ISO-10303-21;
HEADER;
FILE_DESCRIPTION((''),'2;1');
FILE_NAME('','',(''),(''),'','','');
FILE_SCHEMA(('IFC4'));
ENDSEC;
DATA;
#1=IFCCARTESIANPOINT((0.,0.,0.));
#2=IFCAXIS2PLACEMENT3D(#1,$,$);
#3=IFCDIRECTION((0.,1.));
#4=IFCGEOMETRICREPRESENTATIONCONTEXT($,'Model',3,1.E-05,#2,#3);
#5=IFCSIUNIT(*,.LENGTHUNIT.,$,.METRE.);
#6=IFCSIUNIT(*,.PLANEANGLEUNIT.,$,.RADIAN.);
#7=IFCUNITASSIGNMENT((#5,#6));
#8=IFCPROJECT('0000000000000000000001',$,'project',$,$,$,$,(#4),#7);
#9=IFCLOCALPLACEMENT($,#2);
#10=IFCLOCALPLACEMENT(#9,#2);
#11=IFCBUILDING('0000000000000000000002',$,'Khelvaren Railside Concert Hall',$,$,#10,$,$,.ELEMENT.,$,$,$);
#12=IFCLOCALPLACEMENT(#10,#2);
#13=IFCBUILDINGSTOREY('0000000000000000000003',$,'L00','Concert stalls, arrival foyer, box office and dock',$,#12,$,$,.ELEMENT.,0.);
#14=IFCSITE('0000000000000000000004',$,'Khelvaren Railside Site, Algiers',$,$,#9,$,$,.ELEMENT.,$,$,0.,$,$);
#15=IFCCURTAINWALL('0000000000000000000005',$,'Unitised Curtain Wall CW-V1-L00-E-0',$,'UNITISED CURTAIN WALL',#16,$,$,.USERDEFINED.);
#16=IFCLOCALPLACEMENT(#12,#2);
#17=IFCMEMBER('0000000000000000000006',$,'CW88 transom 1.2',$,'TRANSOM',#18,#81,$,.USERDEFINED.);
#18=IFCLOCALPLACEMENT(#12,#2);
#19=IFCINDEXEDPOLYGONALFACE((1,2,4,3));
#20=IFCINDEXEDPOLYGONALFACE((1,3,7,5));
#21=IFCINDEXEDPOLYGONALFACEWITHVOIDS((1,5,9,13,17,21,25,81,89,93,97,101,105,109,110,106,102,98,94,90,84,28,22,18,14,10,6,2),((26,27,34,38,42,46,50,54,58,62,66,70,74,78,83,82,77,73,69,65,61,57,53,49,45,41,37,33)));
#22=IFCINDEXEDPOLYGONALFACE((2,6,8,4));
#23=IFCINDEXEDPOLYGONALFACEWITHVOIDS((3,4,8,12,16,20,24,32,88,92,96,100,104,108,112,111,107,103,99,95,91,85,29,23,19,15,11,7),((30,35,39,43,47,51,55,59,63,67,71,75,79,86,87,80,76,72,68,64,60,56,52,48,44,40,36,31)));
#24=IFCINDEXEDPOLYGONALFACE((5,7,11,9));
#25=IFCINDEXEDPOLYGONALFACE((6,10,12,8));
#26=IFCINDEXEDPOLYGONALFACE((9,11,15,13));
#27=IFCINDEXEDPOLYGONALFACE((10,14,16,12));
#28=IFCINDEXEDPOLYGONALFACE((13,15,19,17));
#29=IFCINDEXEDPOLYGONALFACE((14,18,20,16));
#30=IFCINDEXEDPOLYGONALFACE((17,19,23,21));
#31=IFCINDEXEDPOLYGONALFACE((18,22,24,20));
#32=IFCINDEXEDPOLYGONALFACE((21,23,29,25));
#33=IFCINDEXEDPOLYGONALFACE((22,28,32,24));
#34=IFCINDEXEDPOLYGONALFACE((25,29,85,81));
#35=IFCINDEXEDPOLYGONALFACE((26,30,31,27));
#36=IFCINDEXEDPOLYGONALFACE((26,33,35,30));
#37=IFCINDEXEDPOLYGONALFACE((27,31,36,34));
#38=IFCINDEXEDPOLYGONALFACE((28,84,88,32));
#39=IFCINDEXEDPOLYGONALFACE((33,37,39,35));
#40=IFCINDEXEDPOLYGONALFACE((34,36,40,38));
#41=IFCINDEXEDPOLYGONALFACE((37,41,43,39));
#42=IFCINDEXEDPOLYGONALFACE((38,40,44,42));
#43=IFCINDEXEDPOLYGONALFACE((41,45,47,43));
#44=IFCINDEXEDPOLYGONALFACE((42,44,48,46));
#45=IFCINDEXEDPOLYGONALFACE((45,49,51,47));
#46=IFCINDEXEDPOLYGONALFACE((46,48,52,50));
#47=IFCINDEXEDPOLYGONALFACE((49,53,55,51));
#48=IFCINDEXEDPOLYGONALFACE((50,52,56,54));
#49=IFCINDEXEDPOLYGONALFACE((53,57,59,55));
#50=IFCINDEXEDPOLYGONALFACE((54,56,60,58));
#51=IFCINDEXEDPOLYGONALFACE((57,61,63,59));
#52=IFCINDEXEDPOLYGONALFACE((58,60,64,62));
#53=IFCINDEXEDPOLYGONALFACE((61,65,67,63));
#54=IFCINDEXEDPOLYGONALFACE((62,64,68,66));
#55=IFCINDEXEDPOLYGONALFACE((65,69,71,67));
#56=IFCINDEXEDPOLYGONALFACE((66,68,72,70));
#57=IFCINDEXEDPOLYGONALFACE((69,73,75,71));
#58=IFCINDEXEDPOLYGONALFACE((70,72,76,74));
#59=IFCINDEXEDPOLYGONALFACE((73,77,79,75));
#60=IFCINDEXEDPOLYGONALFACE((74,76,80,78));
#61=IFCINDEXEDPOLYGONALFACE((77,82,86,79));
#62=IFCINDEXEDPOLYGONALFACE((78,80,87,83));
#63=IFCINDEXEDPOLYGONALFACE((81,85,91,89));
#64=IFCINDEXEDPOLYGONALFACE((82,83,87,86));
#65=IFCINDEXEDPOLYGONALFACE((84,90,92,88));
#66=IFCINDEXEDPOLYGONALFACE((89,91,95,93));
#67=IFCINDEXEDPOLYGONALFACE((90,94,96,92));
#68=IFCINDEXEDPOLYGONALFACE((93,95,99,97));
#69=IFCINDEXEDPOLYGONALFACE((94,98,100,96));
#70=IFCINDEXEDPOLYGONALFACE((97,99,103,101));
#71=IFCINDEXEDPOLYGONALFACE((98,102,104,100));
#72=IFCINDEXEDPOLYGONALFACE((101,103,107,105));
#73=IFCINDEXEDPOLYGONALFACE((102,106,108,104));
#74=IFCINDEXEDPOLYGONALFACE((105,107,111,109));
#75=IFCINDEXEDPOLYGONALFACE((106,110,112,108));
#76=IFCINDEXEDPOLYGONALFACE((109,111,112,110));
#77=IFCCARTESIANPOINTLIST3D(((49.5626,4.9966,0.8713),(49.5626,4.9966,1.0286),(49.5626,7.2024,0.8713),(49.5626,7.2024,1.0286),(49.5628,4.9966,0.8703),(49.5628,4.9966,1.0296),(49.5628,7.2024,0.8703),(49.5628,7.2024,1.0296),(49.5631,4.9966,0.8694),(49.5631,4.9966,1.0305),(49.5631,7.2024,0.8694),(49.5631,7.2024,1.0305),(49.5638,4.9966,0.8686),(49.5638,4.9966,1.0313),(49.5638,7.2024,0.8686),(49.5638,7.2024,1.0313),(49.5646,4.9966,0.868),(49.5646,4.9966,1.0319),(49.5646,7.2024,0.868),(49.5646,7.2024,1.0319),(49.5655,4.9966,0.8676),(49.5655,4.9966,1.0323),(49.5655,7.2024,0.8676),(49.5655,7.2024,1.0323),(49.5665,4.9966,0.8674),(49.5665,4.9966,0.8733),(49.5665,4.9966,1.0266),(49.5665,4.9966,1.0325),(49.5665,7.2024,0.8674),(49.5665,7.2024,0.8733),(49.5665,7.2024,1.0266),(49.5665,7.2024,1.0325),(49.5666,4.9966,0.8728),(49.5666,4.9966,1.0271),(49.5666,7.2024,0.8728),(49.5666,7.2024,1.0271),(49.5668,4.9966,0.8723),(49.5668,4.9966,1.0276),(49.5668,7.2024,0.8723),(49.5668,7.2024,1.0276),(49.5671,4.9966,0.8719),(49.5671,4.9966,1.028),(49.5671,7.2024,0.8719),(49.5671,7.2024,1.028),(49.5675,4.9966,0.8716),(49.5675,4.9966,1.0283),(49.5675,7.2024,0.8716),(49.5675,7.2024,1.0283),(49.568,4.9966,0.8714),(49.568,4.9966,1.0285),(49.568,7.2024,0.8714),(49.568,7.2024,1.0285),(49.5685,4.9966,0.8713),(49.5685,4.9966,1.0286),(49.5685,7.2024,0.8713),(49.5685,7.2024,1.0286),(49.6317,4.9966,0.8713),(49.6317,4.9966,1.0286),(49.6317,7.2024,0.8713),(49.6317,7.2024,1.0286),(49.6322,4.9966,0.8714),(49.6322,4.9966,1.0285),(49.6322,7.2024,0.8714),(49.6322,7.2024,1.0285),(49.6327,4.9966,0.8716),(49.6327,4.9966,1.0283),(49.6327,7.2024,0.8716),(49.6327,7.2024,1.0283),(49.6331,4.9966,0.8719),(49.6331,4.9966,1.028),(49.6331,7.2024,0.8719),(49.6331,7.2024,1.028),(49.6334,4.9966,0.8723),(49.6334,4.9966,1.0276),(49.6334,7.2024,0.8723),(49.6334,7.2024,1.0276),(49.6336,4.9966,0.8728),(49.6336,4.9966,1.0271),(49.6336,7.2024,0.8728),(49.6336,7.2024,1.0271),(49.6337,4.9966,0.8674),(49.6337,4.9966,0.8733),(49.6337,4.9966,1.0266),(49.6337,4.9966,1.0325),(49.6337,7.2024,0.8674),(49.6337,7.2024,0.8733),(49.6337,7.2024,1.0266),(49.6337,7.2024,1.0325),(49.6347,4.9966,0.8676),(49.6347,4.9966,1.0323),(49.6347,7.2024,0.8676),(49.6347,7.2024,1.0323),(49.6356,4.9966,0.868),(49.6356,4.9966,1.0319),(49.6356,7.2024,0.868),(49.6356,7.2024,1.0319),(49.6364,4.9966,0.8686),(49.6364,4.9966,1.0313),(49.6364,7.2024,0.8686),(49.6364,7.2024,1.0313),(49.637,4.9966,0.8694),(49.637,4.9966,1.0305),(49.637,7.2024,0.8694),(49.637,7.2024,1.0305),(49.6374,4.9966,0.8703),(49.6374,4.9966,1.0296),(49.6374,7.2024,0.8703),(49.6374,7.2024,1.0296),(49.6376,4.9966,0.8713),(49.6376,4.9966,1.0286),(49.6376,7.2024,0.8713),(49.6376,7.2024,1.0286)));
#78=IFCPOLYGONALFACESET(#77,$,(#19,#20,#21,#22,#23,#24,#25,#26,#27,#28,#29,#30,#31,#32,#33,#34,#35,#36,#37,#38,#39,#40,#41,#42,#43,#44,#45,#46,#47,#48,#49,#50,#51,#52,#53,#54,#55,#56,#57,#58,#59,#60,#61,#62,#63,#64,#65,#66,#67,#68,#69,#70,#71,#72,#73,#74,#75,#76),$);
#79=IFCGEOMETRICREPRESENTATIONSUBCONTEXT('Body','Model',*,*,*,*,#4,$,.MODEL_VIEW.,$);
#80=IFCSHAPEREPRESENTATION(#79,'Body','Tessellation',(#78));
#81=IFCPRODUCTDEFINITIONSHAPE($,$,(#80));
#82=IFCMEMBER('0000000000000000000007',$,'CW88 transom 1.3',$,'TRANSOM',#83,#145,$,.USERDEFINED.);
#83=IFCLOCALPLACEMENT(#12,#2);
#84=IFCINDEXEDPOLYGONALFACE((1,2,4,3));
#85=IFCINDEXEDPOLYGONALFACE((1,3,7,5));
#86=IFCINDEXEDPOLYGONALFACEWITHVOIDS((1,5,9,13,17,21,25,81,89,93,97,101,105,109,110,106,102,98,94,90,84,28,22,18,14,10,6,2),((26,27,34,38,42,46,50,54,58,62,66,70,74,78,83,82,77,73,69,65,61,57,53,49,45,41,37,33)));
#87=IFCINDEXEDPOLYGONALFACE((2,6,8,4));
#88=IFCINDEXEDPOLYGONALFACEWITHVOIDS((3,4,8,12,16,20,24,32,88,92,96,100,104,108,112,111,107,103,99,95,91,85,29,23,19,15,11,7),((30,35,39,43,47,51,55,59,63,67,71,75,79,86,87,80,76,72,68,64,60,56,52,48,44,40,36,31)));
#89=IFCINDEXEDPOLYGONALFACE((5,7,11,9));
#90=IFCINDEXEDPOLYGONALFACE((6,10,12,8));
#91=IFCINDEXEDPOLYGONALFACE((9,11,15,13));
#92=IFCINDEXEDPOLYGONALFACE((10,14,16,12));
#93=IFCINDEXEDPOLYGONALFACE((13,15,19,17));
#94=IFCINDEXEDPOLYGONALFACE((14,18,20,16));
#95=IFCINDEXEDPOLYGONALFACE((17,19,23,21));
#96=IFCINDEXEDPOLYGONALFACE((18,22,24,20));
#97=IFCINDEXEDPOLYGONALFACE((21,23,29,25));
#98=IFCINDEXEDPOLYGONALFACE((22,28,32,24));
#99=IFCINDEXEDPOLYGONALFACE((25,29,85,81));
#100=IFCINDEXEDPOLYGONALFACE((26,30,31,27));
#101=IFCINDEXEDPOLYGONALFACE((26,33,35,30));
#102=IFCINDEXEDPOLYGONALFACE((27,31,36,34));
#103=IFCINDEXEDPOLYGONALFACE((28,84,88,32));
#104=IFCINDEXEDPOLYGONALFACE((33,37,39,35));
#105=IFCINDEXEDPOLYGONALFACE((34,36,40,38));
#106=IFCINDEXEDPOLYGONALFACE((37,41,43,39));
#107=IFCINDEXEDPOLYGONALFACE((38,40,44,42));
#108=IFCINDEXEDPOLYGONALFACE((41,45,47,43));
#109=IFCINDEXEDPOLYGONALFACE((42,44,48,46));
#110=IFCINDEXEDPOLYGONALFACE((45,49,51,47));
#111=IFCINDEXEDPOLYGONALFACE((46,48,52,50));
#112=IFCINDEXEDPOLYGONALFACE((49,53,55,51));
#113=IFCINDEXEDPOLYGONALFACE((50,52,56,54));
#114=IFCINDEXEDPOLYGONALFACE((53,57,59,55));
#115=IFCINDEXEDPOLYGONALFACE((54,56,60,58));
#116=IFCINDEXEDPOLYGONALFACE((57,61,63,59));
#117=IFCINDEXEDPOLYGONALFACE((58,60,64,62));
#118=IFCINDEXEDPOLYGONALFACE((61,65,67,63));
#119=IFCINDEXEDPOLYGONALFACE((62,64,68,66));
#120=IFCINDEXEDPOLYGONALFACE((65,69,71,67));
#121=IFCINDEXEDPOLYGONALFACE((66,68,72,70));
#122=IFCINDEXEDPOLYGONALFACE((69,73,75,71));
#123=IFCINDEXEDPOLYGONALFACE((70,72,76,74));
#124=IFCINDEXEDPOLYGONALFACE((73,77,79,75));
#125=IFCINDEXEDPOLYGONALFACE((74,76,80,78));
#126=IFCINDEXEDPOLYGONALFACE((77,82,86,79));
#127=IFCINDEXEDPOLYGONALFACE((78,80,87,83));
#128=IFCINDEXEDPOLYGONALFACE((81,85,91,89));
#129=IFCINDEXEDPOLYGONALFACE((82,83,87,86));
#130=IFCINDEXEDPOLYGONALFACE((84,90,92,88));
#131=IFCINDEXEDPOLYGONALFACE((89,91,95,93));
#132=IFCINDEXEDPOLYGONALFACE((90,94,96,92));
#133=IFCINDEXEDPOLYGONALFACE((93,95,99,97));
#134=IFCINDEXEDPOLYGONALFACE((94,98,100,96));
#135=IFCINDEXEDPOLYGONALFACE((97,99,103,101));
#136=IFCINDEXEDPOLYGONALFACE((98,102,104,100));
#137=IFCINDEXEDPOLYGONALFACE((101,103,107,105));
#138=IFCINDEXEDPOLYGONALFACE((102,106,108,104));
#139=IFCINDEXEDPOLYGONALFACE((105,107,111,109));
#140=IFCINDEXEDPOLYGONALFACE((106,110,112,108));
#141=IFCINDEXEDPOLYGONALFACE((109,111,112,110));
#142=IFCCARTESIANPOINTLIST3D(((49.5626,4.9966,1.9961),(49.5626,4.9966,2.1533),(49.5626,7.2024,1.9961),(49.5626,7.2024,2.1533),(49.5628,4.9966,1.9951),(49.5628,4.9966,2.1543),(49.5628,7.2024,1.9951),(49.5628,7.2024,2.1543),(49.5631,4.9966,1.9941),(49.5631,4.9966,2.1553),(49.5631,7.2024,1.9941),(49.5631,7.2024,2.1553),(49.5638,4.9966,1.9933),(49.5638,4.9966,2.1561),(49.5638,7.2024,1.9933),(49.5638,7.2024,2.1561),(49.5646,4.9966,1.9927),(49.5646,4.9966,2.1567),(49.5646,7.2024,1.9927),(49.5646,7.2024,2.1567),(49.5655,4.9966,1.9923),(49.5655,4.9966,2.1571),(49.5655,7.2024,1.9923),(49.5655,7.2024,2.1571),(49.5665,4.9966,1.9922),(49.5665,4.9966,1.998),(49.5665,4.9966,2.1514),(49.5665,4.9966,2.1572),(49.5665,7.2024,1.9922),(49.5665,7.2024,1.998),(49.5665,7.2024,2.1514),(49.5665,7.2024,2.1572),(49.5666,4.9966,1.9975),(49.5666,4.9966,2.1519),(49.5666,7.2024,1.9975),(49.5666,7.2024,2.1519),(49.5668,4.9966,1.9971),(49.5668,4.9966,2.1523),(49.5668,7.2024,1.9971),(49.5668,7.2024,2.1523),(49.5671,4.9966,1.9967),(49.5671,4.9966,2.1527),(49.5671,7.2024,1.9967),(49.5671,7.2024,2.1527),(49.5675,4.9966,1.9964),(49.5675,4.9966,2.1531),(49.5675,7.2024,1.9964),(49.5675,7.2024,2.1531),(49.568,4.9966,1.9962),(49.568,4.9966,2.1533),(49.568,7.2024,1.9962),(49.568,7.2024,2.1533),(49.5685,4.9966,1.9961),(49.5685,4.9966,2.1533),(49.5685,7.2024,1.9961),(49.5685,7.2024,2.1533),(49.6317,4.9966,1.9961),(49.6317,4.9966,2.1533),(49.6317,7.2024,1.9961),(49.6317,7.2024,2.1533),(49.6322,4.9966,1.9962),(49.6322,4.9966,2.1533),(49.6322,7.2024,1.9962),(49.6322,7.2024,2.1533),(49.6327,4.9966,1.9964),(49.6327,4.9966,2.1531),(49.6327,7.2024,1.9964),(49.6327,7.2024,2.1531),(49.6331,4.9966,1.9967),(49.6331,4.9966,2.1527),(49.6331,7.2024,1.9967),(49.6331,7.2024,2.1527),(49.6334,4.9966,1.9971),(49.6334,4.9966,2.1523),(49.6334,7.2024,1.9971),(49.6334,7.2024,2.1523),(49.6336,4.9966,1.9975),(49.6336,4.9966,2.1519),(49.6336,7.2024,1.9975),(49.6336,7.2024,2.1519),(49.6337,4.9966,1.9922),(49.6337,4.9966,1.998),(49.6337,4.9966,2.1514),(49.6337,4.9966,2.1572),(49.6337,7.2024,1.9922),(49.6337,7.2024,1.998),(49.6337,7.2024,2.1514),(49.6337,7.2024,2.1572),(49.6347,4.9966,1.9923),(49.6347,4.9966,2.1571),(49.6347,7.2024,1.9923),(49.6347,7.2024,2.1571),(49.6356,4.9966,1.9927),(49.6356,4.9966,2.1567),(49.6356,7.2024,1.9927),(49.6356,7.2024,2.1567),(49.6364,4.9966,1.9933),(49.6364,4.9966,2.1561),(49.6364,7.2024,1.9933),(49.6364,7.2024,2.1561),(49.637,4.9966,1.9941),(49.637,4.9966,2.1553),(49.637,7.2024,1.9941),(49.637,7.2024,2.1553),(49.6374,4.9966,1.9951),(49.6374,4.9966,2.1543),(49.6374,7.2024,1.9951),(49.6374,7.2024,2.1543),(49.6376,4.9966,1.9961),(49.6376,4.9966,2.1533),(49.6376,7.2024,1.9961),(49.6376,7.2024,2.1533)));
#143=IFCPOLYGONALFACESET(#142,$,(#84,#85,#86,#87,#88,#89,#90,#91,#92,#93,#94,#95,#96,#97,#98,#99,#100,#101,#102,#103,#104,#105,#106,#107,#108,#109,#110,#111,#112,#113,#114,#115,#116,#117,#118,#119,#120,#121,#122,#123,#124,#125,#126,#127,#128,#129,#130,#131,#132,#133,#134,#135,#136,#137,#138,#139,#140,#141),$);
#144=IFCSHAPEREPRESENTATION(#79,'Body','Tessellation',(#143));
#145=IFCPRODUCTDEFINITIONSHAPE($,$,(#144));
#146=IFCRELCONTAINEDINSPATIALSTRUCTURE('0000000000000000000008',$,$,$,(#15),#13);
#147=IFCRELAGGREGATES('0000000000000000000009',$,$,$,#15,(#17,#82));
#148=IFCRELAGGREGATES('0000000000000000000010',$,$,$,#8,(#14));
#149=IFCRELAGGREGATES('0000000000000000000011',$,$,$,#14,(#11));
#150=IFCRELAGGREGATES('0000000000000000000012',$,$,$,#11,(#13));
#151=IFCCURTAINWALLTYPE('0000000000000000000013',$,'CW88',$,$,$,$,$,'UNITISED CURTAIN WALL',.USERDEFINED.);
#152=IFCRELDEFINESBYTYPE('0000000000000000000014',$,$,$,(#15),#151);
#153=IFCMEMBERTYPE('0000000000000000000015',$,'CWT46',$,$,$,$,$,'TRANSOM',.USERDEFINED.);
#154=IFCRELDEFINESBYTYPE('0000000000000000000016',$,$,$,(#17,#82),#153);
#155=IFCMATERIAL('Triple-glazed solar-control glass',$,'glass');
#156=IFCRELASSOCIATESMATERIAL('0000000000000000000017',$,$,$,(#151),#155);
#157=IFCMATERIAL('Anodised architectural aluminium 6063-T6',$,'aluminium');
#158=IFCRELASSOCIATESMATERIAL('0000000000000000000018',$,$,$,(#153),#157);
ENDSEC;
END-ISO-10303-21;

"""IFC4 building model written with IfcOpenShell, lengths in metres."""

from ifc_helpers import new_model, si_unit, direction, frame, origin, origin_2d, place, context, subcontext, project, spatial, hollow_rectangle, extrude, material, material_profile, profile_set, type_object, element, aggregate, save


model = new_model("IFC4")

# Units and contexts
model_context = context("Model", 3, precision=1e-05, world=origin(), true_north=direction((0.0, 1.0)))
body_context = subcontext(model_context, "Body", "Model", "MODEL_VIEW")
ifc_project = project(units=[si_unit("LENGTHUNIT", "METRE"), si_unit("PLANEANGLEUNIT", "RADIAN")], contexts=[model_context])

# Site, building, storey
site_placement = place(None, origin())
site = spatial("IfcSite", under=ifc_project, at=site_placement, Name="Khelvaren Railside Site, Algiers", CompositionType="ELEMENT", RefElevation=0.0)
building_placement = place(site_placement, origin())
building = spatial("IfcBuilding", under=site, at=building_placement, Name="Khelvaren Railside Concert Hall", CompositionType="ELEMENT")
storey_placement = place(building_placement, origin())
storey = spatial("IfcBuildingStorey", under=building, at=storey_placement, Name="L00", Description="Concert stalls, arrival foyer, box office and dock", CompositionType="ELEMENT", Elevation=0.0)

# Curtain wall
ifc_material_1 = material(Name="Triple-glazed solar-control glass", Category="glass")
curtain_wall_type_1 = type_object("IfcCurtainWallType", Name="CW88", ElementType="UNITISED CURTAIN WALL", PredefinedType="USERDEFINED", material=ifc_material_1)
curtain_wall_1_placement = place(storey_placement, origin())
curtain_wall_1 = element("IfcCurtainWall", 1, at=curtain_wall_1_placement, inside=storey, type_object=curtain_wall_type_1, Name="Unitised Curtain Wall CW-V1-L00-E-0", ObjectType="UNITISED CURTAIN WALL", PredefinedType="USERDEFINED")
ifc_material_2 = material(Name="Anodised architectural aluminium 6063-T6", Category="aluminium")

# Members
ifc_material_profile_1 = material_profile(ifc_material_2, hollow_rectangle(XDim=0.075, YDim=0.165, WallThickness=0.0039, InnerFilletRadius=0.002, OuterFilletRadius=0.0039, at=origin_2d()), Name="CWT 75x165x4")
ifc_profile_set_1 = profile_set([ifc_material_profile_1], Name="Anodised architectural aluminium 6063-T6")
member_type_1 = type_object("IfcMemberType", Name="CWT46", ElementType="TRANSOM", PredefinedType="USERDEFINED", material=ifc_profile_set_1)
member_1_placement = place(storey_placement, frame((49.6001, 7.2024, 0.95), z_axis=(0.0, -1.0, 0.0), x_axis=(1.0, 0.0, 0.0)))
member_1 = element("IfcMember", 2, at=member_1_placement, type_object=member_type_1, Name="CW88 transom 1.2", ObjectType="TRANSOM", PredefinedType="USERDEFINED", context=body_context, shape_type="SweptSolid", body=[
    extrude(hollow_rectangle(XDim=0.075, YDim=0.165, WallThickness=0.0039, InnerFilletRadius=0.002, OuterFilletRadius=0.0039, at=origin_2d()), origin(), (0.0, 0.0, 1.0), 2.2058),
])
member_2_placement = place(storey_placement, frame((49.6001, 7.2024, 2.0747), z_axis=(0.0, -1.0, 0.0), x_axis=(1.0, 0.0, 0.0)))
member_2 = element("IfcMember", 3, at=member_2_placement, type_object=member_type_1, Name="CW88 transom 1.3", ObjectType="TRANSOM", PredefinedType="USERDEFINED", context=body_context, shape_type="SweptSolid", body=[
    extrude(hollow_rectangle(XDim=0.075, YDim=0.165, WallThickness=0.0039, InnerFilletRadius=0.002, OuterFilletRadius=0.0039, at=origin_2d()), origin(), (0.0, 0.0, 1.0), 2.2058),
])

aggregate(curtain_wall_1, [member_1, member_2])

save(model, "model.ifc")
